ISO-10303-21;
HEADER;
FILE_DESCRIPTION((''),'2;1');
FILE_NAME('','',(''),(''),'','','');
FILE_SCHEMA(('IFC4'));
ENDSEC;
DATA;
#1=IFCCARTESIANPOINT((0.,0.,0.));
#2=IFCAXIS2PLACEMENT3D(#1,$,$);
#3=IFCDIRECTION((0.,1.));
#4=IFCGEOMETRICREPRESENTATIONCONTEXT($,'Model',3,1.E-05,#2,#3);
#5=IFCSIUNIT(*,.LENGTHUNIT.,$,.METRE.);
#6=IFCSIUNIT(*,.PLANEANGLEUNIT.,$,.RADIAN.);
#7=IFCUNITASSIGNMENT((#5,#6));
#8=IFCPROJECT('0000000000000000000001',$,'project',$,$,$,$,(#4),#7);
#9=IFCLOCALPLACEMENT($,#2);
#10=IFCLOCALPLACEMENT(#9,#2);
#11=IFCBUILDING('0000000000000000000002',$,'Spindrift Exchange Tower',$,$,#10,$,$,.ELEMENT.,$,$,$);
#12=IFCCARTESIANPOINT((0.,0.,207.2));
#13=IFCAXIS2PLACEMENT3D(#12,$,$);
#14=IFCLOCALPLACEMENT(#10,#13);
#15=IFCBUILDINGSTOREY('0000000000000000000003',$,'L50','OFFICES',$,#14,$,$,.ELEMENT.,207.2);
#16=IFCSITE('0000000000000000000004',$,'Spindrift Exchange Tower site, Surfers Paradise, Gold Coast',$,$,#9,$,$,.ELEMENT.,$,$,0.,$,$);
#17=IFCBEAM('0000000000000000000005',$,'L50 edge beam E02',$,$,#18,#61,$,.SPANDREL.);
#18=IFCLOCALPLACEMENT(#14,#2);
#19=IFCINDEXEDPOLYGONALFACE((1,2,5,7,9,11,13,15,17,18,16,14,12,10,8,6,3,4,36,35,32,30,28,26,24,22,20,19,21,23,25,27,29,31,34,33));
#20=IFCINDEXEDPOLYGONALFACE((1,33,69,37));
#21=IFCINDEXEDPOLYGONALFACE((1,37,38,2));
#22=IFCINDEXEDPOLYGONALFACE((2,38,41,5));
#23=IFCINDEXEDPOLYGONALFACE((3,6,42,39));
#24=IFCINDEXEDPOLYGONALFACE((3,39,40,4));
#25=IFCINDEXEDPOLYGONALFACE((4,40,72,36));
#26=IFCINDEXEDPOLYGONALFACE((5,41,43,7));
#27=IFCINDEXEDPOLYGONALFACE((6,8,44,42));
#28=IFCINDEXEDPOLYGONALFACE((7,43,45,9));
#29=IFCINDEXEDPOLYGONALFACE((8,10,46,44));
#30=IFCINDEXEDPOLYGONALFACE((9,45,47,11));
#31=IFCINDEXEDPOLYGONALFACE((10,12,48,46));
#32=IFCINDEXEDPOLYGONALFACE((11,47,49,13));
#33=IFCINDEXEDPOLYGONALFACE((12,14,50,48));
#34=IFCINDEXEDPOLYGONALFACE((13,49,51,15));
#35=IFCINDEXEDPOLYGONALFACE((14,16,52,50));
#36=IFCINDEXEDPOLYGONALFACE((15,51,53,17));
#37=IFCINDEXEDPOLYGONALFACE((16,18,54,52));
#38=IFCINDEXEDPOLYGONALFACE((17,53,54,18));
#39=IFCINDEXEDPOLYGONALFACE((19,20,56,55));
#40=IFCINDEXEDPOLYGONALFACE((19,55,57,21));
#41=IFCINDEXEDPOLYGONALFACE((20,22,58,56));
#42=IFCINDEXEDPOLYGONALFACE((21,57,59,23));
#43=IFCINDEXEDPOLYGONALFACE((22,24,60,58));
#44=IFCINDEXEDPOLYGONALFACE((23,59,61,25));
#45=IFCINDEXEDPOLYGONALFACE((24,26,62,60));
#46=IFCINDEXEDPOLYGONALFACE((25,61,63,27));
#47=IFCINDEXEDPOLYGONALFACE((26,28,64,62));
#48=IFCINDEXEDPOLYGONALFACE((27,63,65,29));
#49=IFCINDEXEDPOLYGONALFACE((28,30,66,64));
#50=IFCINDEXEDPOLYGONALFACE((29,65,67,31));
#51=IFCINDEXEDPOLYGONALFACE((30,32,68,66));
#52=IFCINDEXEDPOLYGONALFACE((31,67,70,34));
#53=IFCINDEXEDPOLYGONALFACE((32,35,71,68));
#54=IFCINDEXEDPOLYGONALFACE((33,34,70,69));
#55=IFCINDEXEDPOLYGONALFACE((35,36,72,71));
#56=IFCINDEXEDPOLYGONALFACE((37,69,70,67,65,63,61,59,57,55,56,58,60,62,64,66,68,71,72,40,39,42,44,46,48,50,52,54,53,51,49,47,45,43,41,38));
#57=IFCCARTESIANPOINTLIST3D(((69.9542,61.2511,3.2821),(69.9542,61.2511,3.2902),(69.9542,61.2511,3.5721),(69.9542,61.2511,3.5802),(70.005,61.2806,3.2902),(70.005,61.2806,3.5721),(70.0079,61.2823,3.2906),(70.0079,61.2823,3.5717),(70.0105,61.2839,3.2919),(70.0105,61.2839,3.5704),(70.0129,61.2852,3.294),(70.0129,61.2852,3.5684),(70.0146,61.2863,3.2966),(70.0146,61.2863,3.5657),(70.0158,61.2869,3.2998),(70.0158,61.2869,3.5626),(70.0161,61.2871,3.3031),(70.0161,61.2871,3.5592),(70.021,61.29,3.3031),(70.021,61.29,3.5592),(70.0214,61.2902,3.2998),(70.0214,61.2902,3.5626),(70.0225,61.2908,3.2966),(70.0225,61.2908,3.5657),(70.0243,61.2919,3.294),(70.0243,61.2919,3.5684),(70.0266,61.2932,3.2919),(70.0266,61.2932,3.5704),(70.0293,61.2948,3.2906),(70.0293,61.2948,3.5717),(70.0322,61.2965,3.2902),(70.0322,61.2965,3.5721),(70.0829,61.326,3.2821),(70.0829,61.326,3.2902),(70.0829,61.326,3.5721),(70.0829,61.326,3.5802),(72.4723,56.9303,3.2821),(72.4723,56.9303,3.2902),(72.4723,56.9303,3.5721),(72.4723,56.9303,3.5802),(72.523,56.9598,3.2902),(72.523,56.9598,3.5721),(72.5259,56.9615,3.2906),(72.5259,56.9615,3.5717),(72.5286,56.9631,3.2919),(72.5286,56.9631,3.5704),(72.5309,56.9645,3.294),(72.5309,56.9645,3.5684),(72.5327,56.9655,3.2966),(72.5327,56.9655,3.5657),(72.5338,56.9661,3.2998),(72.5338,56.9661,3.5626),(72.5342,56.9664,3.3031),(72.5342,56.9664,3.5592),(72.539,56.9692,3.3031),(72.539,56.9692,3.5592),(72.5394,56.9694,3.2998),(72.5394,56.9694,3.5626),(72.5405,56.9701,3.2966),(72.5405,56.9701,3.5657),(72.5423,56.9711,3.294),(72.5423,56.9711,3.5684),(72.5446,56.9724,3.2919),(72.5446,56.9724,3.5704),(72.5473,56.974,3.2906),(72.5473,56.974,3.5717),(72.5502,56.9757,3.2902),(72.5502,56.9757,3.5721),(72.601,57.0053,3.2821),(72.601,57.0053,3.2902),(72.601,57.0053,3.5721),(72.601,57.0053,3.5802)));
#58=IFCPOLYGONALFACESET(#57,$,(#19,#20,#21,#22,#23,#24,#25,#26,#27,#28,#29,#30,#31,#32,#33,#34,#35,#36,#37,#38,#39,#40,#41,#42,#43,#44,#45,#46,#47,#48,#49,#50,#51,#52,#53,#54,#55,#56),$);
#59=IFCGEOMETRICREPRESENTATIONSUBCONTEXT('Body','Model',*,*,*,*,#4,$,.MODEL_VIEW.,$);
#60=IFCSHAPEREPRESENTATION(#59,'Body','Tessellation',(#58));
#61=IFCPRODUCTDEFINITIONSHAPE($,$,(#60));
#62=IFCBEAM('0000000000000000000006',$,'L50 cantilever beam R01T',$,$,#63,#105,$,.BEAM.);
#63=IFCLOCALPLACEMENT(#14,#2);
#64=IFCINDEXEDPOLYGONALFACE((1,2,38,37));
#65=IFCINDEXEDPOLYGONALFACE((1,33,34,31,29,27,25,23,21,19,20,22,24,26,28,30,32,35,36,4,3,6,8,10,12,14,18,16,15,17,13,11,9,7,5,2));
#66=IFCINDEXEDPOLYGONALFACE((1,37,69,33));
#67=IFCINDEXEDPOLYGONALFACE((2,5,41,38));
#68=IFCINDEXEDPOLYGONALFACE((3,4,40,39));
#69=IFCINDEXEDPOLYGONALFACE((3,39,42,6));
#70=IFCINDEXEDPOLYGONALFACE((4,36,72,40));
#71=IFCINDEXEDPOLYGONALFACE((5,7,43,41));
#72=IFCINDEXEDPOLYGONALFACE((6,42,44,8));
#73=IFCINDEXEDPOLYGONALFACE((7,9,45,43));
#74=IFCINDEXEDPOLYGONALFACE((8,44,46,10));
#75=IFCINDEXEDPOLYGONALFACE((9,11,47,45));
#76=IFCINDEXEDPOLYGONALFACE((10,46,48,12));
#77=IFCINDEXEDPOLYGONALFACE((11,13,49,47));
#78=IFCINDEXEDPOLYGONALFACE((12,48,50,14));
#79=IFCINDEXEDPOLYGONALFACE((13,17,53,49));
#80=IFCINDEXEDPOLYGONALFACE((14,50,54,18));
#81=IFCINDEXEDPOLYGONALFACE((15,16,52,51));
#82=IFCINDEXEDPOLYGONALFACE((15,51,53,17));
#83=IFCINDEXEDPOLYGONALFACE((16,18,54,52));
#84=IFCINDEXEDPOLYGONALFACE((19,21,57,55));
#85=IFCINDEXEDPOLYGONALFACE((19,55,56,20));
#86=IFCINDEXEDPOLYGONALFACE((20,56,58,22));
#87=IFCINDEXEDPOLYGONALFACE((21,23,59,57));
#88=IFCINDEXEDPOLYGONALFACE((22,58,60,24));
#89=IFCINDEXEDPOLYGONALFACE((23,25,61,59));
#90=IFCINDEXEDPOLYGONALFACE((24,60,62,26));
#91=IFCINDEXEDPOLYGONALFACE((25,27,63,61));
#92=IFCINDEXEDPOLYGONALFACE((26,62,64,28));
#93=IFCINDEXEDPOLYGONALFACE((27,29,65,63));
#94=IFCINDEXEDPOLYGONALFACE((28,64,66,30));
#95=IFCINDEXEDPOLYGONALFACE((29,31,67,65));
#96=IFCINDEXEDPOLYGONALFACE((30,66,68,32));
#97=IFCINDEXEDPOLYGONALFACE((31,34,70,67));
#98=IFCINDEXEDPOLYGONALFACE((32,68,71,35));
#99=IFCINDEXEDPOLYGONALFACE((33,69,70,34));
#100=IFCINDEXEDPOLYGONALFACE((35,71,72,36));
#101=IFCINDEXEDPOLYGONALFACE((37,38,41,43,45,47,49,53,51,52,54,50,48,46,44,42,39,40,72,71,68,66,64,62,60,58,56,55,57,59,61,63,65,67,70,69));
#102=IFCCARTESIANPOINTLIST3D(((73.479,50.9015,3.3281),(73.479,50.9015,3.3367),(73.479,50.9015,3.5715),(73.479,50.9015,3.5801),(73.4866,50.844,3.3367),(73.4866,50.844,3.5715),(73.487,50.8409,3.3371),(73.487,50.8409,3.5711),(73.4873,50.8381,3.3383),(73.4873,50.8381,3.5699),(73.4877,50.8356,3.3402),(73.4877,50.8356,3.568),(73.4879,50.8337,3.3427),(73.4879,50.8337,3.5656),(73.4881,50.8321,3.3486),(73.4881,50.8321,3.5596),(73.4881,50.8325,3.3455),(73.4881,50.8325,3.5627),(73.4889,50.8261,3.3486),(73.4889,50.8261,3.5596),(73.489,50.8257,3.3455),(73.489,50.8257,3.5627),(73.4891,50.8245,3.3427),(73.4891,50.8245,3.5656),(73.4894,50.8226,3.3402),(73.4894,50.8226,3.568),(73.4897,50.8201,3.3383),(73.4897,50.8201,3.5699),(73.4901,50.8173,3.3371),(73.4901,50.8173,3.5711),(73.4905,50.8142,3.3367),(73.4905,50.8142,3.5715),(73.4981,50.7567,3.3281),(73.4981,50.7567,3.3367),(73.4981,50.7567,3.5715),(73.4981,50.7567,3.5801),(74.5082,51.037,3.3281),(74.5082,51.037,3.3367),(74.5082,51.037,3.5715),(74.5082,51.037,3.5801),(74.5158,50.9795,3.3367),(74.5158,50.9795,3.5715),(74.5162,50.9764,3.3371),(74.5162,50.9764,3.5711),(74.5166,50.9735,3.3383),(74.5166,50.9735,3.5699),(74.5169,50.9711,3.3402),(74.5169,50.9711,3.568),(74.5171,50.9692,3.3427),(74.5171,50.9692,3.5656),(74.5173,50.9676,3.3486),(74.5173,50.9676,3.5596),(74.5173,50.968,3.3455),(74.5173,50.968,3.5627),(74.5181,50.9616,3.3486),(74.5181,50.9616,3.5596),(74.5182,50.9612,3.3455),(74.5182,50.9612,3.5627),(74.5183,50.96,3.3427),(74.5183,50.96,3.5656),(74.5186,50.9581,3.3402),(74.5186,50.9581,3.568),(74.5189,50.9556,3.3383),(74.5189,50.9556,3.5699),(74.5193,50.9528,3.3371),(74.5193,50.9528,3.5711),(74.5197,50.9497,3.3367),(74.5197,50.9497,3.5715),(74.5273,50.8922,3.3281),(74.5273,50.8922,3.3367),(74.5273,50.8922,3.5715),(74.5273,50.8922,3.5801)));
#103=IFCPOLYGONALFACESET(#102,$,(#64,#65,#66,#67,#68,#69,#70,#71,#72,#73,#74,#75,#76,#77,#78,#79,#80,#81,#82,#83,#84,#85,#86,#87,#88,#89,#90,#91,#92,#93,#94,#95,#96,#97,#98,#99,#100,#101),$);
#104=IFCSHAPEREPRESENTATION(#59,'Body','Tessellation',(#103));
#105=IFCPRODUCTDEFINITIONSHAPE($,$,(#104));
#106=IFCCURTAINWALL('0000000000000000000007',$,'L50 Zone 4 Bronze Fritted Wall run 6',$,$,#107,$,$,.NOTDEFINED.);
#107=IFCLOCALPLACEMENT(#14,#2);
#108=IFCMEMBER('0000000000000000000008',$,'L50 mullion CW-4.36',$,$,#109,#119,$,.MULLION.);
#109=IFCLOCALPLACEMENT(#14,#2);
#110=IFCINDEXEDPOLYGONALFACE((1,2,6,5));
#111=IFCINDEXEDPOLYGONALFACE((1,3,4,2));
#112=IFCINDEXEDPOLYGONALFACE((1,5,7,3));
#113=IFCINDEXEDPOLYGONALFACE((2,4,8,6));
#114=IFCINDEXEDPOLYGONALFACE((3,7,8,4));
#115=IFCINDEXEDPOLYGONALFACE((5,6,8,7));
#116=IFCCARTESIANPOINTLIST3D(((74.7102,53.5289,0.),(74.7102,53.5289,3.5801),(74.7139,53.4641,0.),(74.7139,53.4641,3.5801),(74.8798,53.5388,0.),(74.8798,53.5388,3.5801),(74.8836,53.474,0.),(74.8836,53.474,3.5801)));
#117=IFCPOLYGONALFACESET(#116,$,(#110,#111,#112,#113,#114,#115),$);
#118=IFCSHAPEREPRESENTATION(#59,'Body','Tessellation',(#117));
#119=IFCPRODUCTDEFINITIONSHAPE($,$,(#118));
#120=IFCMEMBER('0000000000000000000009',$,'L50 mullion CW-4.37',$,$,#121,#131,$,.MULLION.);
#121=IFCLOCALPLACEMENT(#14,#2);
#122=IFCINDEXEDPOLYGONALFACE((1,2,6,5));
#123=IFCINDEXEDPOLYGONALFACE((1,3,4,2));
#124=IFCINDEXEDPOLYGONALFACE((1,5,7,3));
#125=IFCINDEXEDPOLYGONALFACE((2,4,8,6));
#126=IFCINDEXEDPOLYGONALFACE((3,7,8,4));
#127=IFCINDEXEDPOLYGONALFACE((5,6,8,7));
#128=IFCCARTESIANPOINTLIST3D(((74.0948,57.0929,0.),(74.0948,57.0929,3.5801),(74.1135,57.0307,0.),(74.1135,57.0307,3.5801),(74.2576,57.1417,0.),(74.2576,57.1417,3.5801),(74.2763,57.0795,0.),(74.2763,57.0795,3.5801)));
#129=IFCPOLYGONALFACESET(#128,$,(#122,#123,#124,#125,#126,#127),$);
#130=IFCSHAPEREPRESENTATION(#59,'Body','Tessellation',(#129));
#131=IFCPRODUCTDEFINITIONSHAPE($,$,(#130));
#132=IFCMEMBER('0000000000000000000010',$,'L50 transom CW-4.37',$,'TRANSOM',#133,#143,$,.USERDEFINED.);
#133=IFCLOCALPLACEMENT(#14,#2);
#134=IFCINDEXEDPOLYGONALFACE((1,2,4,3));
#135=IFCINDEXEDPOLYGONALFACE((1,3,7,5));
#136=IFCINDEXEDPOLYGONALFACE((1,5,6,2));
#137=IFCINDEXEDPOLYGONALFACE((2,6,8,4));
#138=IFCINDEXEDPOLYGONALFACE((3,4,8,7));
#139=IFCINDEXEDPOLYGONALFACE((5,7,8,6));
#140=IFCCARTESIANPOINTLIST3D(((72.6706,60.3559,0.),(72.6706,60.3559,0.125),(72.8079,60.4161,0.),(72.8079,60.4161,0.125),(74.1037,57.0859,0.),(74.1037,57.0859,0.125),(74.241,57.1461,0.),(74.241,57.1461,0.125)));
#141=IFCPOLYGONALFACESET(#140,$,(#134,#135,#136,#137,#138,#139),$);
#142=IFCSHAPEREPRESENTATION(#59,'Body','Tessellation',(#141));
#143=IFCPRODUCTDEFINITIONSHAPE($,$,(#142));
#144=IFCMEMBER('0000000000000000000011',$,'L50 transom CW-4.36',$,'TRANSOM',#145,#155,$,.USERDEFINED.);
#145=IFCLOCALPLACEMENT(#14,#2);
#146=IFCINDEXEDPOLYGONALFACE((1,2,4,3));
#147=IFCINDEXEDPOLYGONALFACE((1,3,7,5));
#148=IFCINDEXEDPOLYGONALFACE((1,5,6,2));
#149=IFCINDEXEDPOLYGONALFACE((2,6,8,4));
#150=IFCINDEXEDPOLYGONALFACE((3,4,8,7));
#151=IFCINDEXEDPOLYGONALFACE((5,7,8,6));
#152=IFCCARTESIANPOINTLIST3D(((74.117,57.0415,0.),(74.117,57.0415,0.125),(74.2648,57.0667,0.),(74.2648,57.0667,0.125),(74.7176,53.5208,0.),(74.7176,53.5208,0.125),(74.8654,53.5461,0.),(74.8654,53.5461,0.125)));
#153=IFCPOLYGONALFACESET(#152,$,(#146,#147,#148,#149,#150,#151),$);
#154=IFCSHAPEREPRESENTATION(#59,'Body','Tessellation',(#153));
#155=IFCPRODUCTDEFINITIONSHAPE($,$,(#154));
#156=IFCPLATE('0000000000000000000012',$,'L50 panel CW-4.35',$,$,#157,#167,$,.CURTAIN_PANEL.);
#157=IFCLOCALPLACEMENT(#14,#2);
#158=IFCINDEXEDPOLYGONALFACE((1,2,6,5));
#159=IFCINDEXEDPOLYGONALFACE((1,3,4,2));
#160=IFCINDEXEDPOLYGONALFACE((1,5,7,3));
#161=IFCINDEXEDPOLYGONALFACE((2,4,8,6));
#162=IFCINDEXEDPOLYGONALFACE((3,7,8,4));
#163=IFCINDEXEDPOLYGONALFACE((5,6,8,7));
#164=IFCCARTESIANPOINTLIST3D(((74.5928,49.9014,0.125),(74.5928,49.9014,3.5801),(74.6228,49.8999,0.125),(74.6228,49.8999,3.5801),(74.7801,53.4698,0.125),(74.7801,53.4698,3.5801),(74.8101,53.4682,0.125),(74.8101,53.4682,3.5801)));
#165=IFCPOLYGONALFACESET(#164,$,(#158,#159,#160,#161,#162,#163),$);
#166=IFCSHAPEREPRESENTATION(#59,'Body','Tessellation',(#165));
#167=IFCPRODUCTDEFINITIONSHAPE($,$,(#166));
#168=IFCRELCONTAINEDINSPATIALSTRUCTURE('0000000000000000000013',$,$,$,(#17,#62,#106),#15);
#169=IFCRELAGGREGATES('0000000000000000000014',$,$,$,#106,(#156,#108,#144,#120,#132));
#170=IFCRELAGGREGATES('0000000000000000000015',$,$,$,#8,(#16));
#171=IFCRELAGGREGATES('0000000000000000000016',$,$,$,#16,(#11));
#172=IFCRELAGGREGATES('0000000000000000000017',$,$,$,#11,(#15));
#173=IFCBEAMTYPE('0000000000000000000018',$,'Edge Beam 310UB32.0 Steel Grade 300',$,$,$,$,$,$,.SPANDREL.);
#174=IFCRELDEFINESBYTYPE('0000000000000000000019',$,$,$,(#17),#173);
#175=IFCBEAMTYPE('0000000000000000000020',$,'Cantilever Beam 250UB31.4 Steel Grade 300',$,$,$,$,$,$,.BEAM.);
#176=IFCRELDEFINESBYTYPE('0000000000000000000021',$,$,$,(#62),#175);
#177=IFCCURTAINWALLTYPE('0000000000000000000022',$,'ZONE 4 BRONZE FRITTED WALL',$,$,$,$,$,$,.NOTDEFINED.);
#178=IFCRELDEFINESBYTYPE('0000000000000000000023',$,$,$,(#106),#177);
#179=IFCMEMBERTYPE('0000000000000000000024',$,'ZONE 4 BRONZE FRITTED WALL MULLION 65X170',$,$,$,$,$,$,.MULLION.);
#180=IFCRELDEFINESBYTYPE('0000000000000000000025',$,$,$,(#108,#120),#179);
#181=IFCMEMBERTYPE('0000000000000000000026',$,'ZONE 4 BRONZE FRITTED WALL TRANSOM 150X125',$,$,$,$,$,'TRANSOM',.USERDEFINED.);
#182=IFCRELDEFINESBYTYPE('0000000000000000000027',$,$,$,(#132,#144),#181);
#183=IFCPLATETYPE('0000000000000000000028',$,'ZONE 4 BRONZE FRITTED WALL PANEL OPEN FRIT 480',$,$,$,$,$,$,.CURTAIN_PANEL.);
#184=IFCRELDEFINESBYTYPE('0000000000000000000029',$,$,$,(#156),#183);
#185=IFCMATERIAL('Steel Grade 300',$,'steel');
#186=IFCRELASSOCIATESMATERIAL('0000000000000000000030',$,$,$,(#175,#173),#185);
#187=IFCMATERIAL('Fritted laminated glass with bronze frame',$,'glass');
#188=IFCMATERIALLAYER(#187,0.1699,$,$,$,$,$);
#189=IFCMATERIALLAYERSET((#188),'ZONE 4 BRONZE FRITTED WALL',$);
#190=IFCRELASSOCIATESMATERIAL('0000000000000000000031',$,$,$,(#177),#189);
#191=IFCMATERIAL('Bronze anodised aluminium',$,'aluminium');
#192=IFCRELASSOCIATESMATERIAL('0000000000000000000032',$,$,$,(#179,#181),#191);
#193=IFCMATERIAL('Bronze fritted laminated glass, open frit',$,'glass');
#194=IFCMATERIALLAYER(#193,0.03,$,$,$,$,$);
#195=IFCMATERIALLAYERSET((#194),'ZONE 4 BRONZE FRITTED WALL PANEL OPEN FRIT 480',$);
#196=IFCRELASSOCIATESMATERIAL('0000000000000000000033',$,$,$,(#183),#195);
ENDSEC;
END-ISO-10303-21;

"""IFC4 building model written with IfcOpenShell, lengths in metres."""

from ifc_helpers import new_model, si_unit, direction, frame, origin, origin_2d, place, context, subcontext, project, spatial, rectangle, i_section, extrude, source, transform, mapped, material, layer, layer_set, material_profile, profile_set, type_object, element, aggregate, save


model = new_model("IFC4")

# Units and contexts
model_context = context("Model", 3, precision=1e-05, world=origin(), true_north=direction((0.0, 1.0)))
body_context = subcontext(model_context, "Body", "Model", "MODEL_VIEW")
ifc_project = project(units=[si_unit("LENGTHUNIT", "METRE"), si_unit("PLANEANGLEUNIT", "RADIAN")], contexts=[model_context])

# Site, building, storey
site_placement = place(None, origin())
site = spatial("IfcSite", under=ifc_project, at=site_placement, Name="Spindrift Exchange Tower site, Surfers Paradise, Gold Coast", CompositionType="ELEMENT", RefElevation=0.0)
building_placement = place(site_placement, origin())
building = spatial("IfcBuilding", under=site, at=building_placement, Name="Spindrift Exchange Tower", CompositionType="ELEMENT")
storey_placement = place(building_placement, frame((0.0, 0.0, 207.2)))
storey = spatial("IfcBuildingStorey", under=building, at=storey_placement, Name="L50", Description="OFFICES", CompositionType="ELEMENT", Elevation=207.2)

# Beams
ifc_material_1 = material(Name="Steel Grade 300", Category="steel")
ifc_material_profile_1 = material_profile(ifc_material_1, i_section(OverallWidth=0.146, OverallDepth=0.252, WebThickness=0.0061, FlangeThickness=0.0085, FilletRadius=0.012, at=origin_2d()), Name="250UB31.4")
ifc_profile_set_1 = profile_set([ifc_material_profile_1], Name="Steel Grade 300")
beam_type_1 = type_object("IfcBeamType", Name="Cantilever Beam 250UB31.4 Steel Grade 300", PredefinedType="BEAM", material=ifc_profile_set_1)
ifc_material_profile_2 = material_profile(ifc_material_1, i_section(OverallWidth=0.1489, OverallDepth=0.2981, WebThickness=0.0056, FlangeThickness=0.0081, FilletRadius=0.0129, at=origin_2d()), Name="310UB32.0")
ifc_profile_set_2 = profile_set([ifc_material_profile_2], Name="Steel Grade 300")
beam_type_2 = type_object("IfcBeamType", Name="Edge Beam 310UB32.0 Steel Grade 300", PredefinedType="SPANDREL", material=ifc_profile_set_2)
shared_shape_1 = source(origin(), body_context, "Body", "SweptSolid", [
    extrude(i_section(OverallWidth=0.1489, OverallDepth=0.2981, WebThickness=0.0056, FlangeThickness=0.0081, FilletRadius=0.0129, at=origin_2d()), origin(), (0.0, 0.0, 1.0), 5.001),
])
beam_1_placement = place(storey_placement, frame((72.5366, 56.9678, 3.4312), z_axis=(-0.503513, 0.863988, 0.0), x_axis=(-0.863988, -0.503513, 0.0)))
element("IfcBeam", 1, at=beam_1_placement, inside=storey, type_object=beam_type_2, Name="L50 edge beam E02", PredefinedType="SPANDREL", context=body_context, shape_type="MappedRepresentation", body=[
    mapped(shared_shape_1, transform((0.0, 0.0, 0.0), scale=1.0)),
])
shared_shape_2 = source(origin(), body_context, "Body", "SweptSolid", [
    extrude(i_section(OverallWidth=0.146, OverallDepth=0.252, WebThickness=0.0061, FlangeThickness=0.0085, FilletRadius=0.012, at=origin_2d()), origin(), (0.0, 0.0, 1.0), 1.0381),
])
beam_2_placement = place(storey_placement, frame((73.4885, 50.8291, 3.4541), z_axis=(0.991446, 0.130515, 0.0), x_axis=(-0.130515, 0.991446, 0.0)))
element("IfcBeam", 2, at=beam_2_placement, inside=storey, type_object=beam_type_1, Name="L50 cantilever beam R01T", PredefinedType="BEAM", context=body_context, shape_type="MappedRepresentation", body=[
    mapped(shared_shape_2, transform((0.0, 0.0, 0.0), scale=1.0)),
])

# Curtain wall, members, plate
ifc_material_2 = material(Name="Fritted laminated glass with bronze frame", Category="glass")
ifc_layer_1 = layer(ifc_material_2, 0.1699)
ifc_layer_set_1 = layer_set([ifc_layer_1], Name="ZONE 4 BRONZE FRITTED WALL")
curtain_wall_type = type_object("IfcCurtainWallType", Name="ZONE 4 BRONZE FRITTED WALL", PredefinedType="NOTDEFINED", material=ifc_layer_set_1)
curtain_wall_placement = place(storey_placement, origin())
curtain_wall = element("IfcCurtainWall", 3, at=curtain_wall_placement, inside=storey, type_object=curtain_wall_type, Name="L50 Zone 4 Bronze Fritted Wall run 6", PredefinedType="NOTDEFINED")
ifc_material_3 = material(Name="Bronze anodised aluminium", Category="aluminium")
ifc_material_profile_3 = material_profile(ifc_material_3, rectangle(XDim=0.0649, YDim=0.1699, at=origin_2d()), Name="ZONE 4 BRONZE FRITTED WALL MULLION 65X170")
ifc_profile_set_3 = profile_set([ifc_material_profile_3], Name="Bronze anodised aluminium")
member_type_1 = type_object("IfcMemberType", Name="ZONE 4 BRONZE FRITTED WALL MULLION 65X170", PredefinedType="MULLION", material=ifc_profile_set_3)
shared_shape_3 = source(origin(), body_context, "Body", "SweptSolid", [
    extrude(rectangle(XDim=0.0649, YDim=0.1699, at=origin_2d()), origin(), (0.0, 0.0, 1.0), 3.5801),
])
member_1_placement = place(storey_placement, frame((74.7969, 53.5015, 0.0), z_axis=(0.0, 0.0, 1.0), x_axis=(-0.058212, 0.998304, 0.0)))
member_1 = element("IfcMember", 4, at=member_1_placement, type_object=member_type_1, Name="L50 mullion CW-4.36", PredefinedType="MULLION", context=body_context, shape_type="MappedRepresentation", body=[
    mapped(shared_shape_3, transform((0.0, 0.0, 0.0), scale=1.0)),
])
member_2_placement = place(storey_placement, frame((74.1855, 57.0862, 0.0), z_axis=(0.0, 0.0, 1.0), x_axis=(-0.286901, 0.95796, 0.0)))
member_2 = element("IfcMember", 5, at=member_2_placement, type_object=member_type_1, Name="L50 mullion CW-4.37", PredefinedType="MULLION", context=body_context, shape_type="MappedRepresentation", body=[
    mapped(shared_shape_3, transform((0.0, 0.0, 0.0), scale=1.0)),
])
ifc_material_profile_4 = material_profile(ifc_material_3, rectangle(XDim=0.1499, YDim=0.125, at=origin_2d()), Name="ZONE 4 BRONZE FRITTED WALL TRANSOM 150X125")
ifc_profile_set_4 = profile_set([ifc_material_profile_4], Name="Bronze anodised aluminium")
member_type_2 = type_object("IfcMemberType", Name="ZONE 4 BRONZE FRITTED WALL TRANSOM 150X125", ElementType="TRANSOM", PredefinedType="USERDEFINED", material=ifc_profile_set_4)
shared_shape_4 = source(origin(), body_context, "Body", "SweptSolid", [
    extrude(rectangle(XDim=0.1499, YDim=0.125, at=origin_2d()), origin(), (0.0, 0.0, 1.0), 3.5703),
])
member_3_placement = place(storey_placement, frame((74.1724, 57.116, 0.0625), z_axis=(-0.4014, 0.915903, 0.0), x_axis=(-0.915903, -0.4014, 0.0)))
member_3 = element("IfcMember", 6, at=member_3_placement, type_object=member_type_2, Name="L50 transom CW-4.37", ObjectType="TRANSOM", PredefinedType="USERDEFINED", context=body_context, shape_type="MappedRepresentation", body=[
    mapped(shared_shape_4, transform((0.0, 0.0, 0.0), scale=1.0)),
])
shared_shape_5 = source(origin(), body_context, "Body", "SweptSolid", [
    extrude(rectangle(XDim=0.1499, YDim=0.125, at=origin_2d()), origin(), (0.0, 0.0, 1.0), 3.5715),
])
member_4_placement = place(storey_placement, frame((74.7915, 53.5334, 0.0625), z_axis=(-0.168156, 0.98576, 0.0), x_axis=(-0.98576, -0.168156, 0.0)))
member_4 = element("IfcMember", 7, at=member_4_placement, type_object=member_type_2, Name="L50 transom CW-4.36", ObjectType="TRANSOM", PredefinedType="USERDEFINED", context=body_context, shape_type="MappedRepresentation", body=[
    mapped(shared_shape_5, transform((0.0, 0.0, 0.0), scale=1.0)),
])
ifc_material_4 = material(Name="Bronze fritted laminated glass, open frit", Category="glass")
ifc_layer_2 = layer(ifc_material_4, 0.03)
ifc_layer_set_2 = layer_set([ifc_layer_2], Name="ZONE 4 BRONZE FRITTED WALL PANEL OPEN FRIT 480")
plate_type_1 = type_object("IfcPlateType", Name="ZONE 4 BRONZE FRITTED WALL PANEL OPEN FRIT 480", PredefinedType="CURTAIN_PANEL", material=ifc_layer_set_2)
shared_shape_6 = source(origin(), body_context, "Body", "SweptSolid", [
    extrude(rectangle(XDim=3.5732, YDim=0.03, at=origin_2d()), origin(), (0.0, 0.0, 1.0), 3.4551),
])
plate_1_placement = place(storey_placement, frame((74.7014, 51.6848, 0.125), z_axis=(0.0, 0.0, 1.0), x_axis=(0.052414, 0.998625, 0.0)))
plate_1 = element("IfcPlate", 8, at=plate_1_placement, type_object=plate_type_1, Name="L50 panel CW-4.35", PredefinedType="CURTAIN_PANEL", context=body_context, shape_type="MappedRepresentation", body=[
    mapped(shared_shape_6, transform((0.0, 0.0, 0.0), scale=1.0)),
])
aggregate(curtain_wall, [plate_1, member_1, member_4, member_2, member_3])

save(model, "model.ifc")
